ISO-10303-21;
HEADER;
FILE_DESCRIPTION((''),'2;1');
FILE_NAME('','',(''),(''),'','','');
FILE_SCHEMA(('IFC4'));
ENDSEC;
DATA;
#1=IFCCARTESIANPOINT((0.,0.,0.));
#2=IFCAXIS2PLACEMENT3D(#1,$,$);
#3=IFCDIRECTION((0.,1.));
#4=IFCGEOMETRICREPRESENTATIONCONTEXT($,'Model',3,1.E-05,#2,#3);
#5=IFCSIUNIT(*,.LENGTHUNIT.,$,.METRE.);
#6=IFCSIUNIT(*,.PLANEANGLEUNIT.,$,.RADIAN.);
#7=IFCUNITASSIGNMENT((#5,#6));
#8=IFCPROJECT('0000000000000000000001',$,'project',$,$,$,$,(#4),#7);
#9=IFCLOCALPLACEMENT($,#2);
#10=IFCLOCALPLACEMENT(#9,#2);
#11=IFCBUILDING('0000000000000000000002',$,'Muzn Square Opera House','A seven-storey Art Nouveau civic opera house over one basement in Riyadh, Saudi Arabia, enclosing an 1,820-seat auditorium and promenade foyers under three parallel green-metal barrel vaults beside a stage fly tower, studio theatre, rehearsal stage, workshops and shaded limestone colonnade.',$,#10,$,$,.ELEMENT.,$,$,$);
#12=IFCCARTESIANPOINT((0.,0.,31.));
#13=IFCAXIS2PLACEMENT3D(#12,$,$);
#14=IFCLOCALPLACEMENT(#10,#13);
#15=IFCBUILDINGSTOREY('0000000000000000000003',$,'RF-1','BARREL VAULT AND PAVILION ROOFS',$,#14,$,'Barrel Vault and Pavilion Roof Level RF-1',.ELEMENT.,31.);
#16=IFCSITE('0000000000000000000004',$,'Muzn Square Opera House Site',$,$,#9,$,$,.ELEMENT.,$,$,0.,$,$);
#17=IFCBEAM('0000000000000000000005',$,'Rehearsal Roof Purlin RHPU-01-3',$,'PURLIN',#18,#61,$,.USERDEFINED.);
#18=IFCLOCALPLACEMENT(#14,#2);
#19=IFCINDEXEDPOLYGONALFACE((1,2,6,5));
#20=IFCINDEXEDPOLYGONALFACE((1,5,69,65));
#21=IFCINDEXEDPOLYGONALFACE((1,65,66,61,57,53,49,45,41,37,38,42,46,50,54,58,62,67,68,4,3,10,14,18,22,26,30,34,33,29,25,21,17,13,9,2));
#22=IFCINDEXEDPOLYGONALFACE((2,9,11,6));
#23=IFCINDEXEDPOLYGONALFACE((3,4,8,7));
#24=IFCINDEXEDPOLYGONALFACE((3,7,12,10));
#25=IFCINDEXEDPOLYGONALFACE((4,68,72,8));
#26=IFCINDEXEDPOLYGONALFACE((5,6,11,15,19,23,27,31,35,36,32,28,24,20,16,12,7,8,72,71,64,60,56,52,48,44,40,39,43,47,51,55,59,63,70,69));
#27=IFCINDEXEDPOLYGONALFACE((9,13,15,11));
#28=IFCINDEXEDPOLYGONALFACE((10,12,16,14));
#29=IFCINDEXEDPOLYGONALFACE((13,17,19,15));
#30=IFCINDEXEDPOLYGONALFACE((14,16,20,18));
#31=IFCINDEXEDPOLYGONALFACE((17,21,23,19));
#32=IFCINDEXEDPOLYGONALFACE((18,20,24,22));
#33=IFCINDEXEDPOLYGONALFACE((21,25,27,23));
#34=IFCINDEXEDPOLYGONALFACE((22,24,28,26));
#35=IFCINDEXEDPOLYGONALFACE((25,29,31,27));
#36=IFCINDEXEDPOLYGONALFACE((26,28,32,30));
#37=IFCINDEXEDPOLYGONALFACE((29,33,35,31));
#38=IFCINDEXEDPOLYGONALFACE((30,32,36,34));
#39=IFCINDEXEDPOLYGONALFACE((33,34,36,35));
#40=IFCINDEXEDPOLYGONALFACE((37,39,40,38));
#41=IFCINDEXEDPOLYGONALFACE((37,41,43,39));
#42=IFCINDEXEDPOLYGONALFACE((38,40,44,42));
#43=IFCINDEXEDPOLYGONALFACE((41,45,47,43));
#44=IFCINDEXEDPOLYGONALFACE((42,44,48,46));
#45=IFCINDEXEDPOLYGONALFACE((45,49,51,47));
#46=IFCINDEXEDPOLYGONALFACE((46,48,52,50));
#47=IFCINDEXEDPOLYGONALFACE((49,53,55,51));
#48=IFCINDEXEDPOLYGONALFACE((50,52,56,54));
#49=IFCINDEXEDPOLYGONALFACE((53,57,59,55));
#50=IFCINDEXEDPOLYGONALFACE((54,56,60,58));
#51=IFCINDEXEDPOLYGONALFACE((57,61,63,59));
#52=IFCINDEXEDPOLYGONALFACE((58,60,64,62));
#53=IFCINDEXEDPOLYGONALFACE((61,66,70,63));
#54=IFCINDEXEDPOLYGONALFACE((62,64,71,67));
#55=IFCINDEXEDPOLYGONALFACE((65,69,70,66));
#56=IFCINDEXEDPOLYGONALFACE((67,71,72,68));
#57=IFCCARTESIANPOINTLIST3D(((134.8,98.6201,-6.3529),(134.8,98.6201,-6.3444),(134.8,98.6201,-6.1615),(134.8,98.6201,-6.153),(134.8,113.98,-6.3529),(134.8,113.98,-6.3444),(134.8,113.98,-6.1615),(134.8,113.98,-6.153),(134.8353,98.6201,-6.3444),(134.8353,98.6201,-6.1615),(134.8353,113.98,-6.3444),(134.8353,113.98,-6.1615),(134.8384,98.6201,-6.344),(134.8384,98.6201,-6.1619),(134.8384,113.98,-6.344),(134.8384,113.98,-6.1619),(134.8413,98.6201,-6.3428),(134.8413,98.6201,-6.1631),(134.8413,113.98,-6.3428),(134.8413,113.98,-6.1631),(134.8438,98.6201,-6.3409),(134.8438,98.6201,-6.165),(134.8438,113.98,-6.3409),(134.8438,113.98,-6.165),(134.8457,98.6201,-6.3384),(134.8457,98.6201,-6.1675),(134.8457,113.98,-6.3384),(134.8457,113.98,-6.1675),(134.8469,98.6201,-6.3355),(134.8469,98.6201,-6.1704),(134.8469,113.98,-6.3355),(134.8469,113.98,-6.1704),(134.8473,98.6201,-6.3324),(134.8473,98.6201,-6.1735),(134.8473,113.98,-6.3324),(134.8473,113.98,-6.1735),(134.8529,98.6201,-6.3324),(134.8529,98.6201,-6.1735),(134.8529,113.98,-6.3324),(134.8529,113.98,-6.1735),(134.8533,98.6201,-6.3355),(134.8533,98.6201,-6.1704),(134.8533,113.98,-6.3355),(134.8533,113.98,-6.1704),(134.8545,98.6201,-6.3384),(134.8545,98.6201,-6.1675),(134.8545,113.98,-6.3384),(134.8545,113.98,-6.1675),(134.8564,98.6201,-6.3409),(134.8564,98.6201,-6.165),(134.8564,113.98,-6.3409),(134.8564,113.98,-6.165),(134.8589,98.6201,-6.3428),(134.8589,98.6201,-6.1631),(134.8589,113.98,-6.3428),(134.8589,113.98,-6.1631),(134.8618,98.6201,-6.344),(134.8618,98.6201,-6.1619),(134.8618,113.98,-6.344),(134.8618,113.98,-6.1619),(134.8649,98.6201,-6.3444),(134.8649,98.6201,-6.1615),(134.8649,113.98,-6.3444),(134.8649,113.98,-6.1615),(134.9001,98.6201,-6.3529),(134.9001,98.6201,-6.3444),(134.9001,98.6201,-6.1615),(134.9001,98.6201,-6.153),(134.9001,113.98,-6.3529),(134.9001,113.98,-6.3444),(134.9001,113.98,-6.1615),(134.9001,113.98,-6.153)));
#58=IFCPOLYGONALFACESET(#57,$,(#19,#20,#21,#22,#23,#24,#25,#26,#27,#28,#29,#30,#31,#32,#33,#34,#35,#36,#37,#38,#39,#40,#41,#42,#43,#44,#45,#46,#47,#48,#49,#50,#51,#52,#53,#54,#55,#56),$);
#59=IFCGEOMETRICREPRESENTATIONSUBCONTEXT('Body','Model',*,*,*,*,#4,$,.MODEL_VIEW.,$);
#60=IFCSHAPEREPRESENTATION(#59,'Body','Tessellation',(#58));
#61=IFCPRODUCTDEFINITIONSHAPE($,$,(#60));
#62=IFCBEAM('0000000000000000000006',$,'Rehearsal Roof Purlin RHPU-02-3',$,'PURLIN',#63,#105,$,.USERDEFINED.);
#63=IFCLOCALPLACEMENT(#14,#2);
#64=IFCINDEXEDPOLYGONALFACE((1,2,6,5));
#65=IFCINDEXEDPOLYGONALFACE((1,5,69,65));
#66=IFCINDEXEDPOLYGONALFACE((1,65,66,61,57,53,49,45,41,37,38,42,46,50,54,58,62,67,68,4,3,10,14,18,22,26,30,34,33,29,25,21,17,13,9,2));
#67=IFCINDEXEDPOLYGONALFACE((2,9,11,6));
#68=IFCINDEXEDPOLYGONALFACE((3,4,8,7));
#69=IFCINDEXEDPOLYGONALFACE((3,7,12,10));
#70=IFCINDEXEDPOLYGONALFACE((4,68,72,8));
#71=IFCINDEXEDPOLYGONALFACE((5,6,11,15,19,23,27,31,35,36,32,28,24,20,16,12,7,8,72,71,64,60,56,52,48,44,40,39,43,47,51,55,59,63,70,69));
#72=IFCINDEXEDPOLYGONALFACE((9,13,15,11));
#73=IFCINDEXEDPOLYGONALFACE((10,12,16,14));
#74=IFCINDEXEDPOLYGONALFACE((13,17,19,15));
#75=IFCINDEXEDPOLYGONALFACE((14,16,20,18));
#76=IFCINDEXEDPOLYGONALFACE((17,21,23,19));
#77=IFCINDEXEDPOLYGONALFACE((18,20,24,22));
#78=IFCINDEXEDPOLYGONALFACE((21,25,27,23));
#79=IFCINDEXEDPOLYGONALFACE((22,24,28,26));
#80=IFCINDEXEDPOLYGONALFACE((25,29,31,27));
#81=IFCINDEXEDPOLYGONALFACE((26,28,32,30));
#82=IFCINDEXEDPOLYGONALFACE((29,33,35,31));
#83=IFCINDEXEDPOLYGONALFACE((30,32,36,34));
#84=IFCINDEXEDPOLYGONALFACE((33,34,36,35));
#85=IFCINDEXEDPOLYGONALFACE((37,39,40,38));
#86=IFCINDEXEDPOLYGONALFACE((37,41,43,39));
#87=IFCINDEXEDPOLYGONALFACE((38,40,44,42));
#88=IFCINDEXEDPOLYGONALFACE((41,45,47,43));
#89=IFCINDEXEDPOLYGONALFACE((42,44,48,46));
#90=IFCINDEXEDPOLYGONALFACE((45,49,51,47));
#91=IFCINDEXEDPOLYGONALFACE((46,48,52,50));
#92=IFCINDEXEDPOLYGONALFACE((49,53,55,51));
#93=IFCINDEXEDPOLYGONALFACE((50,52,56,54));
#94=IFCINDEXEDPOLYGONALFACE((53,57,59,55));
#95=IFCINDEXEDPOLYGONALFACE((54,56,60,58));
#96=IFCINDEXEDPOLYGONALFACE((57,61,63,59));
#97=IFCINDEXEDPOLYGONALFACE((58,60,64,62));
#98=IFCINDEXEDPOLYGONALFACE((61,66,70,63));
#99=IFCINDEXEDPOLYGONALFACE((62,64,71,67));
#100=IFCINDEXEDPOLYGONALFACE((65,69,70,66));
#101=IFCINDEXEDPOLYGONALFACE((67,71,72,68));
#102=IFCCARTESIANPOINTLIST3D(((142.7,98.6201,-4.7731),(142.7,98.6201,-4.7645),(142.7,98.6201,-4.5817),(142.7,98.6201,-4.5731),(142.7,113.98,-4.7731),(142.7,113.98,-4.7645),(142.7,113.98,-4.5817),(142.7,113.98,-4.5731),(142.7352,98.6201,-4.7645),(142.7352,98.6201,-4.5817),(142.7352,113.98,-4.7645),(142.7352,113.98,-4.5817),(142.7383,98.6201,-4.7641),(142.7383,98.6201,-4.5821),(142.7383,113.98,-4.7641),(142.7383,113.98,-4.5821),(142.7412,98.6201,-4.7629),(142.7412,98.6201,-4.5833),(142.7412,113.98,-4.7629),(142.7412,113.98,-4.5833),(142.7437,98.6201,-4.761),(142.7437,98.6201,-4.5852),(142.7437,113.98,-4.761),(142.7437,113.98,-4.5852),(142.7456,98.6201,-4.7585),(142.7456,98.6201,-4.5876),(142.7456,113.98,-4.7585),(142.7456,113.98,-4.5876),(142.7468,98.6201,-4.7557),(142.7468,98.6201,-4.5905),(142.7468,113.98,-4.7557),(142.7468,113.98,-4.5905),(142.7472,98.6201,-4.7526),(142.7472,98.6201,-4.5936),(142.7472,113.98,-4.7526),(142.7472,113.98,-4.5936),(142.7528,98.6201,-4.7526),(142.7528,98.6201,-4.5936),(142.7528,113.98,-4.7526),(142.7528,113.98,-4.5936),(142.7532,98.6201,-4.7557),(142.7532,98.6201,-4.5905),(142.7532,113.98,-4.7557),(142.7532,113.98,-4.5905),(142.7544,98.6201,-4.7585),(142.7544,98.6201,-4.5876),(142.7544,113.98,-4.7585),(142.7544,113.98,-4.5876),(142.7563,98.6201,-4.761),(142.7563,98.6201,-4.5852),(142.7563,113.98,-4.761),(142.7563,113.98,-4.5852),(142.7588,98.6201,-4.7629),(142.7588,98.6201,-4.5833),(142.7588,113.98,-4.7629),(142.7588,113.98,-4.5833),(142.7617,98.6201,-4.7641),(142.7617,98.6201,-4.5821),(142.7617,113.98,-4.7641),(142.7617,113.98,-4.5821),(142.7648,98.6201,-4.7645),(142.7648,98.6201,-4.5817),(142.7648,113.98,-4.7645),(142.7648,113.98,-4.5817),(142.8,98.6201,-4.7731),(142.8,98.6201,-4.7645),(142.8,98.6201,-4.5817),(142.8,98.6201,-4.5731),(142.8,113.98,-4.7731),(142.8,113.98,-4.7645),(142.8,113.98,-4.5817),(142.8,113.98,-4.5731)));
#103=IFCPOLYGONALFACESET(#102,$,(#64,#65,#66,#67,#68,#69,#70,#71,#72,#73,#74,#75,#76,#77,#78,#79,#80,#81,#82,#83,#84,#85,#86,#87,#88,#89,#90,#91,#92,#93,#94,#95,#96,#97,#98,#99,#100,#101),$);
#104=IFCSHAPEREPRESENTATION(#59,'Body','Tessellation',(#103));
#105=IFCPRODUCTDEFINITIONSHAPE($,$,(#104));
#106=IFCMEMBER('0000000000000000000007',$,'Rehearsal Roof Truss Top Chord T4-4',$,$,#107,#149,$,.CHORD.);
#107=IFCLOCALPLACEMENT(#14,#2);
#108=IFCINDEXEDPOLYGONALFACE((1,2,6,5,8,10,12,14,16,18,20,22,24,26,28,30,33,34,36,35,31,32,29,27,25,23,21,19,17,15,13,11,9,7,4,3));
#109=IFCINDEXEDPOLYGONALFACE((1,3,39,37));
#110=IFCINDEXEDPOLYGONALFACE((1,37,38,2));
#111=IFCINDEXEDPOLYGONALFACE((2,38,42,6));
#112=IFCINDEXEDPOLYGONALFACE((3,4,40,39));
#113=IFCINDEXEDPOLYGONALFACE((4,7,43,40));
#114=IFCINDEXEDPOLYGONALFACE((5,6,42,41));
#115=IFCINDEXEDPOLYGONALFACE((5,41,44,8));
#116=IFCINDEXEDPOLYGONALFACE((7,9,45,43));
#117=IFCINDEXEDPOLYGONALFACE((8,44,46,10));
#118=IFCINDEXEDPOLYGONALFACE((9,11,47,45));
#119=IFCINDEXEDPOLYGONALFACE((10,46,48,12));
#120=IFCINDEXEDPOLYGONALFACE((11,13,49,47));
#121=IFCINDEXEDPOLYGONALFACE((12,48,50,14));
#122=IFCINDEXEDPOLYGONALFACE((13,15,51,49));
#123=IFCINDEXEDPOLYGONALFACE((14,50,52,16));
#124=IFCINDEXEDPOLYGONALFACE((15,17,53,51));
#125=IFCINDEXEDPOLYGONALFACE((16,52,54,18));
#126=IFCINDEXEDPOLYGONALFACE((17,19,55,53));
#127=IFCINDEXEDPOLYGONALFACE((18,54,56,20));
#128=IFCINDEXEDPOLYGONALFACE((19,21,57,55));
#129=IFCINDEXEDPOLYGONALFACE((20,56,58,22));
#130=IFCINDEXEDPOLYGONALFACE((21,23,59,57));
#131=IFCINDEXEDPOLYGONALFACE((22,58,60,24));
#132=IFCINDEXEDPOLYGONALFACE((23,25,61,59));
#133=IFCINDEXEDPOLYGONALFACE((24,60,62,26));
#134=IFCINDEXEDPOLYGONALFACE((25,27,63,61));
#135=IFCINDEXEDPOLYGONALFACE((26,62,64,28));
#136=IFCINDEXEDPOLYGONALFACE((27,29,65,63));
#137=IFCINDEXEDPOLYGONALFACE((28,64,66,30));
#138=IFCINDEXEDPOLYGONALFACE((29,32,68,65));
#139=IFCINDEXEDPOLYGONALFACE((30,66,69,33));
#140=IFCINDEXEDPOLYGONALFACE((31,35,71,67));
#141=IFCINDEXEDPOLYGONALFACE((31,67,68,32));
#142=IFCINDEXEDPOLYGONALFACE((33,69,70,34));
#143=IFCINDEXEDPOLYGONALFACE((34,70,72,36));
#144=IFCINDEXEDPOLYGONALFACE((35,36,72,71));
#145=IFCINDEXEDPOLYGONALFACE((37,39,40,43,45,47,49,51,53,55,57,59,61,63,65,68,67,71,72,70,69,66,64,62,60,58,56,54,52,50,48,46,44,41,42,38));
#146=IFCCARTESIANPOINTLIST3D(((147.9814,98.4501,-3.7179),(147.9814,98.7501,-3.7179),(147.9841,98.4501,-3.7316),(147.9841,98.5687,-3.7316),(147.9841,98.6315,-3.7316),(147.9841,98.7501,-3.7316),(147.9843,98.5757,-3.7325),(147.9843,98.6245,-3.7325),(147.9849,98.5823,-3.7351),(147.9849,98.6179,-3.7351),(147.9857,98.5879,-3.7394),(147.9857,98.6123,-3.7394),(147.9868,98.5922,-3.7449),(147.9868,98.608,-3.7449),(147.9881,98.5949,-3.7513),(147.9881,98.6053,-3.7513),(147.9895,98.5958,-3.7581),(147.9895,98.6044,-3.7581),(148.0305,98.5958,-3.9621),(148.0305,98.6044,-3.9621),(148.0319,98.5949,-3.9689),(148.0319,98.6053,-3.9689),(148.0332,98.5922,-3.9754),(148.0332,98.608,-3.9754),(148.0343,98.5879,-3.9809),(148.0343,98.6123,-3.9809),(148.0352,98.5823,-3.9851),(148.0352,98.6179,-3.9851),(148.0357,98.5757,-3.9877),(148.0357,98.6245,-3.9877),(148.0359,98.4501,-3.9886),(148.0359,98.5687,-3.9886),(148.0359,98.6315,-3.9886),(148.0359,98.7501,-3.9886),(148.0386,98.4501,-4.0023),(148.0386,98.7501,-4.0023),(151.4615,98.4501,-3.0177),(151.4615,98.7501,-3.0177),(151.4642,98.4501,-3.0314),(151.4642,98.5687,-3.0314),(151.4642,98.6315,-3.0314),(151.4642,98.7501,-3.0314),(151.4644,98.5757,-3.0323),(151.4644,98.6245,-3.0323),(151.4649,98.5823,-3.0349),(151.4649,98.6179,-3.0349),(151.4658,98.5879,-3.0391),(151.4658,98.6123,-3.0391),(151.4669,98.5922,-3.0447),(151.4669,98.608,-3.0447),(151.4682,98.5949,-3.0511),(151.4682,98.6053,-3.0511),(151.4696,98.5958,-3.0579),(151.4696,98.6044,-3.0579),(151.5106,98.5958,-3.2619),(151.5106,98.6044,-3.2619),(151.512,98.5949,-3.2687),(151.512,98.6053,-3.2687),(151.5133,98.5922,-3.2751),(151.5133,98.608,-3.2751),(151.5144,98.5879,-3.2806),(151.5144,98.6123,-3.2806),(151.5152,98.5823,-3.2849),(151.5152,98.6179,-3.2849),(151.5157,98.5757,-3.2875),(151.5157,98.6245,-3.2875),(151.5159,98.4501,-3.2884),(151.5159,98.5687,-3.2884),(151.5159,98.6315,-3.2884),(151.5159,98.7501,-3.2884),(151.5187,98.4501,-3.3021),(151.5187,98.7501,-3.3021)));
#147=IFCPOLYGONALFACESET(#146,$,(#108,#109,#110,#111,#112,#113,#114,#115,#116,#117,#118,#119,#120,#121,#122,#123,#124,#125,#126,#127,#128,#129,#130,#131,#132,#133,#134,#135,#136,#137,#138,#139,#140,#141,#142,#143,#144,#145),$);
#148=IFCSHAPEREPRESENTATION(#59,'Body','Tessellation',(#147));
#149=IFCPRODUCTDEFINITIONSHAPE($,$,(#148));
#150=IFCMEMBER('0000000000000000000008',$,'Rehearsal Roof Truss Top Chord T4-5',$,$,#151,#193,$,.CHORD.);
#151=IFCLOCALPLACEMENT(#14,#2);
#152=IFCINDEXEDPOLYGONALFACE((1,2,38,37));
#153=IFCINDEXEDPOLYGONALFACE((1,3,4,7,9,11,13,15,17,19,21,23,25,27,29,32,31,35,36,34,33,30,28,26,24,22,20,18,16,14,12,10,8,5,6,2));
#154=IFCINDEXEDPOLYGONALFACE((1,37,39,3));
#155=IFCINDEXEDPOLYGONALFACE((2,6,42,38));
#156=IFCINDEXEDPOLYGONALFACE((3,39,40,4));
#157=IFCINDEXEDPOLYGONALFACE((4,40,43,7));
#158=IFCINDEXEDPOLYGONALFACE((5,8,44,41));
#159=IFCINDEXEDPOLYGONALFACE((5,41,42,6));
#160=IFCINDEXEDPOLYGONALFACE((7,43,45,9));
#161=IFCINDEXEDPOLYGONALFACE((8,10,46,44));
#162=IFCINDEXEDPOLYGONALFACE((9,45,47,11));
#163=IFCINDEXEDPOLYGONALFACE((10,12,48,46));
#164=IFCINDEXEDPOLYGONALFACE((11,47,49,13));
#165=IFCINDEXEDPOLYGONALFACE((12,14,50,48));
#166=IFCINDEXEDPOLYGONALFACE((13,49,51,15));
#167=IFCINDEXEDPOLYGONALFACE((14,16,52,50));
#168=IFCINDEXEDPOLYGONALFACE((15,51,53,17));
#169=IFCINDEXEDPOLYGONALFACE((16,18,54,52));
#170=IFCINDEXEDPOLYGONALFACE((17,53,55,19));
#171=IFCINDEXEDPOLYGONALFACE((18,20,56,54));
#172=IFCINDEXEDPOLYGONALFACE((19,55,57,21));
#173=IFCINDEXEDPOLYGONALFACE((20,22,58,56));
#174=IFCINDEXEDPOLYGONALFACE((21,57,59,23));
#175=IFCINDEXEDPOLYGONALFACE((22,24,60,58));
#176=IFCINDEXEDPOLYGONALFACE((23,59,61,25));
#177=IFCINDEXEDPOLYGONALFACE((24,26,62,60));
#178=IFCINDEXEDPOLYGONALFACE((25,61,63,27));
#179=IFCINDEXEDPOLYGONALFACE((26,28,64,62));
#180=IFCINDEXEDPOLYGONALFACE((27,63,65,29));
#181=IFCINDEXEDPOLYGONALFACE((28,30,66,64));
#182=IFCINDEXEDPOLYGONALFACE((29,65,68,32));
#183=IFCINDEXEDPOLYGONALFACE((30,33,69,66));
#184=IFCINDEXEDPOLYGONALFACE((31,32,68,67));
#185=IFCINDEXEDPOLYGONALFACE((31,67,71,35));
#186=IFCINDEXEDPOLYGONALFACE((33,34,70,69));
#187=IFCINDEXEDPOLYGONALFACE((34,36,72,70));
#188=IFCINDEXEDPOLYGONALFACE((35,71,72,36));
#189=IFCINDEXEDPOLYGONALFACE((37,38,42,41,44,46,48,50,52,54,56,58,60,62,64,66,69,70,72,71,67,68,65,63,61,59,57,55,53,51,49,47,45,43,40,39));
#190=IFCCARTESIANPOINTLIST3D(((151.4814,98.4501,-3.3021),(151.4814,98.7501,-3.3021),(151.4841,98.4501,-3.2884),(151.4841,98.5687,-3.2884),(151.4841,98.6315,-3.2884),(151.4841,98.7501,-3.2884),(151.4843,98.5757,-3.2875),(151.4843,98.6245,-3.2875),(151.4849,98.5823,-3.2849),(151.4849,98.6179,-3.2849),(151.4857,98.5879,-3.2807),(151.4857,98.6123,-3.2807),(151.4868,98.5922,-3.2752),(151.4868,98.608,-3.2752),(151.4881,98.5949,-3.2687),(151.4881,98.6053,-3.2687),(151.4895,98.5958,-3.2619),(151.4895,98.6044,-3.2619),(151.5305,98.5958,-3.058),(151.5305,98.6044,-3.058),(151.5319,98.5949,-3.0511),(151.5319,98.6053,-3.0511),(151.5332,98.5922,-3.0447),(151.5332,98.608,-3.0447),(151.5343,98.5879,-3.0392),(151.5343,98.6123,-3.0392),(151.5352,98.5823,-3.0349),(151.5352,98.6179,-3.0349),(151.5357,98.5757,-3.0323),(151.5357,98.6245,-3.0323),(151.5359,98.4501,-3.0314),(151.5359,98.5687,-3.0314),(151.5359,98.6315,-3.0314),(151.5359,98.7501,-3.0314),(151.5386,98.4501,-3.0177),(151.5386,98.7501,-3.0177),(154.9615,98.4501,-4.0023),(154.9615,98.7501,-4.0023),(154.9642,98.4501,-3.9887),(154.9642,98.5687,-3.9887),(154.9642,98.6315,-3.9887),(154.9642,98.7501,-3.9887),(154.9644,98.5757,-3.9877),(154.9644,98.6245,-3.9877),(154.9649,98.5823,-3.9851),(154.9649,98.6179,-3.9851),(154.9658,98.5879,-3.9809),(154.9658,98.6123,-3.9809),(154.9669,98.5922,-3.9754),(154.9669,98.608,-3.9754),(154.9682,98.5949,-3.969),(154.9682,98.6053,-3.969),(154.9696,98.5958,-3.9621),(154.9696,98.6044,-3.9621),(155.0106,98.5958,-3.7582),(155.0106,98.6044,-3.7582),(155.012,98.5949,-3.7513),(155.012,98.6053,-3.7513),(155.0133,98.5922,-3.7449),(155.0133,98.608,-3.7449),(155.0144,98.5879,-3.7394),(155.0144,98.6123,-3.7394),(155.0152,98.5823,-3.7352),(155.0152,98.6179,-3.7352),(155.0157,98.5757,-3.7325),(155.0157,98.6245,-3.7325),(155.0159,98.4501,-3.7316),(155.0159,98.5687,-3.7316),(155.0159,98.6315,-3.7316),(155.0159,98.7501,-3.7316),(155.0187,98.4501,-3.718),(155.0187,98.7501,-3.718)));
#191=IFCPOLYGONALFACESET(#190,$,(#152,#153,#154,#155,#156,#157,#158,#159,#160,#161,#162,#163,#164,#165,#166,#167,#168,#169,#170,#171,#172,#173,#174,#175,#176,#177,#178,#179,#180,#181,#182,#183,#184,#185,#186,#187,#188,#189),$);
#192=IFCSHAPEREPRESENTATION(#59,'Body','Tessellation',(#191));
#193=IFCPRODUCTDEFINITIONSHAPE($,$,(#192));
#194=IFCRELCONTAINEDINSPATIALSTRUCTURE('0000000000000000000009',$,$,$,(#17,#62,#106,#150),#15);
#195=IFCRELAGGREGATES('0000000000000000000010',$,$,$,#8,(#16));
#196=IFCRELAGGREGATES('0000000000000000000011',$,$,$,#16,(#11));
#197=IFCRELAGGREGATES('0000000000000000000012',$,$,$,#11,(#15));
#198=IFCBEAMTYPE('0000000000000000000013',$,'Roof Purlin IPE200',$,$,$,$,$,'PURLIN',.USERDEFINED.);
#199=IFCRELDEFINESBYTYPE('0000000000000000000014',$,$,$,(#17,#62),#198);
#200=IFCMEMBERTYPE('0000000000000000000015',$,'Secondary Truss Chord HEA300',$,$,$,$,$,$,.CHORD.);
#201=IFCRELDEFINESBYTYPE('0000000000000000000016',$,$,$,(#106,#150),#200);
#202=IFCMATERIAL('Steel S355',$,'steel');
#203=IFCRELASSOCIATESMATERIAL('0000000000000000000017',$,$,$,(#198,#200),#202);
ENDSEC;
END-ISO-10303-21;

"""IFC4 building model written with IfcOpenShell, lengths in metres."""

from ifc_helpers import new_model, si_unit, direction, frame, origin, origin_2d, place, context, subcontext, project, spatial, i_section, extrude, material, material_profile, profile_set, type_object, element, save


model = new_model("IFC4")

# Units and contexts
model_context = context("Model", 3, precision=1e-05, world=origin(), true_north=direction((0.0, 1.0)))
body_context = subcontext(model_context, "Body", "Model", "MODEL_VIEW")
ifc_project = project(units=[si_unit("LENGTHUNIT", "METRE"), si_unit("PLANEANGLEUNIT", "RADIAN")], contexts=[model_context])

# Site, building, storey
site_placement = place(None, origin())
site = spatial("IfcSite", under=ifc_project, at=site_placement, Name="Muzn Square Opera House Site", CompositionType="ELEMENT", RefElevation=0.0)
building_placement = place(site_placement, origin())
building = spatial("IfcBuilding", under=site, at=building_placement, Name="Muzn Square Opera House", Description="A seven-storey Art Nouveau civic opera house over one basement in Riyadh, Saudi Arabia, enclosing an 1,820-seat auditorium and promenade foyers under three parallel green-metal barrel vaults beside a stage fly tower, studio theatre, rehearsal stage, workshops and shaded limestone colonnade.", CompositionType="ELEMENT")
storey_placement = place(building_placement, frame((0.0, 0.0, 31.0)))
storey = spatial("IfcBuildingStorey", under=building, at=storey_placement, Name="RF-1", Description="BARREL VAULT AND PAVILION ROOFS", LongName="Barrel Vault and Pavilion Roof Level RF-1", CompositionType="ELEMENT", Elevation=31.0)

# Shared definitions
ifc_material = material(Name="Steel S355", Category="steel")

# Beams
ifc_material_profile_1 = material_profile(ifc_material, i_section(OverallWidth=0.1001, OverallDepth=0.2, WebThickness=0.0056, FlangeThickness=0.0085, FilletRadius=0.012, at=origin_2d()), Name="IPE 200", Category="steel")
ifc_profile_set_1 = profile_set([ifc_material_profile_1], Name="Steel S355")
beam_type = type_object("IfcBeamType", Name="Roof Purlin IPE200", ElementType="PURLIN", PredefinedType="USERDEFINED", material=ifc_profile_set_1)
for number, where, z_axis, x_axis, name in (
    (1, (134.8501, 98.6201, -6.2529), (0.0, 1.0, 0.0), (-1.0, 0.0, 0.0), "Rehearsal Roof Purlin RHPU-01-3"),
    (2, (142.75, 98.6201, -4.6731), (0.0, 1.0, 0.0), (-1.0, 0.0, 0.0), "Rehearsal Roof Purlin RHPU-02-3"),
):
    element("IfcBeam", number, at=place(storey_placement, frame(where, z_axis=z_axis, x_axis=x_axis)), inside=storey, type_object=beam_type, Name=name, ObjectType="PURLIN", PredefinedType="USERDEFINED", context=body_context, shape_type="SweptSolid", body=[
        extrude(i_section(OverallWidth=0.1001, OverallDepth=0.2, WebThickness=0.0056, FlangeThickness=0.0085, FilletRadius=0.012, at=origin_2d()), origin(), (0.0, 0.0, 1.0), 15.3599),
    ])

# Members
ifc_material_profile_2 = material_profile(ifc_material, i_section(OverallWidth=0.3, OverallDepth=0.29, WebThickness=0.0085, FlangeThickness=0.0139, FilletRadius=0.0271, at=origin_2d()), Name="HEA 300", Category="steel")
ifc_profile_set_2 = profile_set([ifc_material_profile_2], Name="Steel S355")
member_type_1 = type_object("IfcMemberType", Name="Secondary Truss Chord HEA300", PredefinedType="CHORD", material=ifc_profile_set_2)
for number, where, z_axis, x_axis, name in (
    (3, (148.01, 98.6001, -3.8601), (0.980353, 0.0, 0.197253), (0.0, 1.0, 0.0), "Rehearsal Roof Truss Top Chord T4-4"),
    (4, (151.51, 98.6001, -3.1599), (0.980353, 0.0, -0.197253), (0.0, 1.0, 0.0), "Rehearsal Roof Truss Top Chord T4-5"),
):
    element("IfcMember", number, at=place(storey_placement, frame(where, z_axis=z_axis, x_axis=x_axis)), inside=storey, type_object=member_type_1, Name=name, PredefinedType="CHORD", context=body_context, shape_type="SweptSolid", body=[
        extrude(i_section(OverallWidth=0.3, OverallDepth=0.29, WebThickness=0.0085, FlangeThickness=0.0139, FilletRadius=0.0271, at=origin_2d()), origin(), (0.0, 0.0, 1.0), 3.5498),
    ])

save(model, "model.ifc")
